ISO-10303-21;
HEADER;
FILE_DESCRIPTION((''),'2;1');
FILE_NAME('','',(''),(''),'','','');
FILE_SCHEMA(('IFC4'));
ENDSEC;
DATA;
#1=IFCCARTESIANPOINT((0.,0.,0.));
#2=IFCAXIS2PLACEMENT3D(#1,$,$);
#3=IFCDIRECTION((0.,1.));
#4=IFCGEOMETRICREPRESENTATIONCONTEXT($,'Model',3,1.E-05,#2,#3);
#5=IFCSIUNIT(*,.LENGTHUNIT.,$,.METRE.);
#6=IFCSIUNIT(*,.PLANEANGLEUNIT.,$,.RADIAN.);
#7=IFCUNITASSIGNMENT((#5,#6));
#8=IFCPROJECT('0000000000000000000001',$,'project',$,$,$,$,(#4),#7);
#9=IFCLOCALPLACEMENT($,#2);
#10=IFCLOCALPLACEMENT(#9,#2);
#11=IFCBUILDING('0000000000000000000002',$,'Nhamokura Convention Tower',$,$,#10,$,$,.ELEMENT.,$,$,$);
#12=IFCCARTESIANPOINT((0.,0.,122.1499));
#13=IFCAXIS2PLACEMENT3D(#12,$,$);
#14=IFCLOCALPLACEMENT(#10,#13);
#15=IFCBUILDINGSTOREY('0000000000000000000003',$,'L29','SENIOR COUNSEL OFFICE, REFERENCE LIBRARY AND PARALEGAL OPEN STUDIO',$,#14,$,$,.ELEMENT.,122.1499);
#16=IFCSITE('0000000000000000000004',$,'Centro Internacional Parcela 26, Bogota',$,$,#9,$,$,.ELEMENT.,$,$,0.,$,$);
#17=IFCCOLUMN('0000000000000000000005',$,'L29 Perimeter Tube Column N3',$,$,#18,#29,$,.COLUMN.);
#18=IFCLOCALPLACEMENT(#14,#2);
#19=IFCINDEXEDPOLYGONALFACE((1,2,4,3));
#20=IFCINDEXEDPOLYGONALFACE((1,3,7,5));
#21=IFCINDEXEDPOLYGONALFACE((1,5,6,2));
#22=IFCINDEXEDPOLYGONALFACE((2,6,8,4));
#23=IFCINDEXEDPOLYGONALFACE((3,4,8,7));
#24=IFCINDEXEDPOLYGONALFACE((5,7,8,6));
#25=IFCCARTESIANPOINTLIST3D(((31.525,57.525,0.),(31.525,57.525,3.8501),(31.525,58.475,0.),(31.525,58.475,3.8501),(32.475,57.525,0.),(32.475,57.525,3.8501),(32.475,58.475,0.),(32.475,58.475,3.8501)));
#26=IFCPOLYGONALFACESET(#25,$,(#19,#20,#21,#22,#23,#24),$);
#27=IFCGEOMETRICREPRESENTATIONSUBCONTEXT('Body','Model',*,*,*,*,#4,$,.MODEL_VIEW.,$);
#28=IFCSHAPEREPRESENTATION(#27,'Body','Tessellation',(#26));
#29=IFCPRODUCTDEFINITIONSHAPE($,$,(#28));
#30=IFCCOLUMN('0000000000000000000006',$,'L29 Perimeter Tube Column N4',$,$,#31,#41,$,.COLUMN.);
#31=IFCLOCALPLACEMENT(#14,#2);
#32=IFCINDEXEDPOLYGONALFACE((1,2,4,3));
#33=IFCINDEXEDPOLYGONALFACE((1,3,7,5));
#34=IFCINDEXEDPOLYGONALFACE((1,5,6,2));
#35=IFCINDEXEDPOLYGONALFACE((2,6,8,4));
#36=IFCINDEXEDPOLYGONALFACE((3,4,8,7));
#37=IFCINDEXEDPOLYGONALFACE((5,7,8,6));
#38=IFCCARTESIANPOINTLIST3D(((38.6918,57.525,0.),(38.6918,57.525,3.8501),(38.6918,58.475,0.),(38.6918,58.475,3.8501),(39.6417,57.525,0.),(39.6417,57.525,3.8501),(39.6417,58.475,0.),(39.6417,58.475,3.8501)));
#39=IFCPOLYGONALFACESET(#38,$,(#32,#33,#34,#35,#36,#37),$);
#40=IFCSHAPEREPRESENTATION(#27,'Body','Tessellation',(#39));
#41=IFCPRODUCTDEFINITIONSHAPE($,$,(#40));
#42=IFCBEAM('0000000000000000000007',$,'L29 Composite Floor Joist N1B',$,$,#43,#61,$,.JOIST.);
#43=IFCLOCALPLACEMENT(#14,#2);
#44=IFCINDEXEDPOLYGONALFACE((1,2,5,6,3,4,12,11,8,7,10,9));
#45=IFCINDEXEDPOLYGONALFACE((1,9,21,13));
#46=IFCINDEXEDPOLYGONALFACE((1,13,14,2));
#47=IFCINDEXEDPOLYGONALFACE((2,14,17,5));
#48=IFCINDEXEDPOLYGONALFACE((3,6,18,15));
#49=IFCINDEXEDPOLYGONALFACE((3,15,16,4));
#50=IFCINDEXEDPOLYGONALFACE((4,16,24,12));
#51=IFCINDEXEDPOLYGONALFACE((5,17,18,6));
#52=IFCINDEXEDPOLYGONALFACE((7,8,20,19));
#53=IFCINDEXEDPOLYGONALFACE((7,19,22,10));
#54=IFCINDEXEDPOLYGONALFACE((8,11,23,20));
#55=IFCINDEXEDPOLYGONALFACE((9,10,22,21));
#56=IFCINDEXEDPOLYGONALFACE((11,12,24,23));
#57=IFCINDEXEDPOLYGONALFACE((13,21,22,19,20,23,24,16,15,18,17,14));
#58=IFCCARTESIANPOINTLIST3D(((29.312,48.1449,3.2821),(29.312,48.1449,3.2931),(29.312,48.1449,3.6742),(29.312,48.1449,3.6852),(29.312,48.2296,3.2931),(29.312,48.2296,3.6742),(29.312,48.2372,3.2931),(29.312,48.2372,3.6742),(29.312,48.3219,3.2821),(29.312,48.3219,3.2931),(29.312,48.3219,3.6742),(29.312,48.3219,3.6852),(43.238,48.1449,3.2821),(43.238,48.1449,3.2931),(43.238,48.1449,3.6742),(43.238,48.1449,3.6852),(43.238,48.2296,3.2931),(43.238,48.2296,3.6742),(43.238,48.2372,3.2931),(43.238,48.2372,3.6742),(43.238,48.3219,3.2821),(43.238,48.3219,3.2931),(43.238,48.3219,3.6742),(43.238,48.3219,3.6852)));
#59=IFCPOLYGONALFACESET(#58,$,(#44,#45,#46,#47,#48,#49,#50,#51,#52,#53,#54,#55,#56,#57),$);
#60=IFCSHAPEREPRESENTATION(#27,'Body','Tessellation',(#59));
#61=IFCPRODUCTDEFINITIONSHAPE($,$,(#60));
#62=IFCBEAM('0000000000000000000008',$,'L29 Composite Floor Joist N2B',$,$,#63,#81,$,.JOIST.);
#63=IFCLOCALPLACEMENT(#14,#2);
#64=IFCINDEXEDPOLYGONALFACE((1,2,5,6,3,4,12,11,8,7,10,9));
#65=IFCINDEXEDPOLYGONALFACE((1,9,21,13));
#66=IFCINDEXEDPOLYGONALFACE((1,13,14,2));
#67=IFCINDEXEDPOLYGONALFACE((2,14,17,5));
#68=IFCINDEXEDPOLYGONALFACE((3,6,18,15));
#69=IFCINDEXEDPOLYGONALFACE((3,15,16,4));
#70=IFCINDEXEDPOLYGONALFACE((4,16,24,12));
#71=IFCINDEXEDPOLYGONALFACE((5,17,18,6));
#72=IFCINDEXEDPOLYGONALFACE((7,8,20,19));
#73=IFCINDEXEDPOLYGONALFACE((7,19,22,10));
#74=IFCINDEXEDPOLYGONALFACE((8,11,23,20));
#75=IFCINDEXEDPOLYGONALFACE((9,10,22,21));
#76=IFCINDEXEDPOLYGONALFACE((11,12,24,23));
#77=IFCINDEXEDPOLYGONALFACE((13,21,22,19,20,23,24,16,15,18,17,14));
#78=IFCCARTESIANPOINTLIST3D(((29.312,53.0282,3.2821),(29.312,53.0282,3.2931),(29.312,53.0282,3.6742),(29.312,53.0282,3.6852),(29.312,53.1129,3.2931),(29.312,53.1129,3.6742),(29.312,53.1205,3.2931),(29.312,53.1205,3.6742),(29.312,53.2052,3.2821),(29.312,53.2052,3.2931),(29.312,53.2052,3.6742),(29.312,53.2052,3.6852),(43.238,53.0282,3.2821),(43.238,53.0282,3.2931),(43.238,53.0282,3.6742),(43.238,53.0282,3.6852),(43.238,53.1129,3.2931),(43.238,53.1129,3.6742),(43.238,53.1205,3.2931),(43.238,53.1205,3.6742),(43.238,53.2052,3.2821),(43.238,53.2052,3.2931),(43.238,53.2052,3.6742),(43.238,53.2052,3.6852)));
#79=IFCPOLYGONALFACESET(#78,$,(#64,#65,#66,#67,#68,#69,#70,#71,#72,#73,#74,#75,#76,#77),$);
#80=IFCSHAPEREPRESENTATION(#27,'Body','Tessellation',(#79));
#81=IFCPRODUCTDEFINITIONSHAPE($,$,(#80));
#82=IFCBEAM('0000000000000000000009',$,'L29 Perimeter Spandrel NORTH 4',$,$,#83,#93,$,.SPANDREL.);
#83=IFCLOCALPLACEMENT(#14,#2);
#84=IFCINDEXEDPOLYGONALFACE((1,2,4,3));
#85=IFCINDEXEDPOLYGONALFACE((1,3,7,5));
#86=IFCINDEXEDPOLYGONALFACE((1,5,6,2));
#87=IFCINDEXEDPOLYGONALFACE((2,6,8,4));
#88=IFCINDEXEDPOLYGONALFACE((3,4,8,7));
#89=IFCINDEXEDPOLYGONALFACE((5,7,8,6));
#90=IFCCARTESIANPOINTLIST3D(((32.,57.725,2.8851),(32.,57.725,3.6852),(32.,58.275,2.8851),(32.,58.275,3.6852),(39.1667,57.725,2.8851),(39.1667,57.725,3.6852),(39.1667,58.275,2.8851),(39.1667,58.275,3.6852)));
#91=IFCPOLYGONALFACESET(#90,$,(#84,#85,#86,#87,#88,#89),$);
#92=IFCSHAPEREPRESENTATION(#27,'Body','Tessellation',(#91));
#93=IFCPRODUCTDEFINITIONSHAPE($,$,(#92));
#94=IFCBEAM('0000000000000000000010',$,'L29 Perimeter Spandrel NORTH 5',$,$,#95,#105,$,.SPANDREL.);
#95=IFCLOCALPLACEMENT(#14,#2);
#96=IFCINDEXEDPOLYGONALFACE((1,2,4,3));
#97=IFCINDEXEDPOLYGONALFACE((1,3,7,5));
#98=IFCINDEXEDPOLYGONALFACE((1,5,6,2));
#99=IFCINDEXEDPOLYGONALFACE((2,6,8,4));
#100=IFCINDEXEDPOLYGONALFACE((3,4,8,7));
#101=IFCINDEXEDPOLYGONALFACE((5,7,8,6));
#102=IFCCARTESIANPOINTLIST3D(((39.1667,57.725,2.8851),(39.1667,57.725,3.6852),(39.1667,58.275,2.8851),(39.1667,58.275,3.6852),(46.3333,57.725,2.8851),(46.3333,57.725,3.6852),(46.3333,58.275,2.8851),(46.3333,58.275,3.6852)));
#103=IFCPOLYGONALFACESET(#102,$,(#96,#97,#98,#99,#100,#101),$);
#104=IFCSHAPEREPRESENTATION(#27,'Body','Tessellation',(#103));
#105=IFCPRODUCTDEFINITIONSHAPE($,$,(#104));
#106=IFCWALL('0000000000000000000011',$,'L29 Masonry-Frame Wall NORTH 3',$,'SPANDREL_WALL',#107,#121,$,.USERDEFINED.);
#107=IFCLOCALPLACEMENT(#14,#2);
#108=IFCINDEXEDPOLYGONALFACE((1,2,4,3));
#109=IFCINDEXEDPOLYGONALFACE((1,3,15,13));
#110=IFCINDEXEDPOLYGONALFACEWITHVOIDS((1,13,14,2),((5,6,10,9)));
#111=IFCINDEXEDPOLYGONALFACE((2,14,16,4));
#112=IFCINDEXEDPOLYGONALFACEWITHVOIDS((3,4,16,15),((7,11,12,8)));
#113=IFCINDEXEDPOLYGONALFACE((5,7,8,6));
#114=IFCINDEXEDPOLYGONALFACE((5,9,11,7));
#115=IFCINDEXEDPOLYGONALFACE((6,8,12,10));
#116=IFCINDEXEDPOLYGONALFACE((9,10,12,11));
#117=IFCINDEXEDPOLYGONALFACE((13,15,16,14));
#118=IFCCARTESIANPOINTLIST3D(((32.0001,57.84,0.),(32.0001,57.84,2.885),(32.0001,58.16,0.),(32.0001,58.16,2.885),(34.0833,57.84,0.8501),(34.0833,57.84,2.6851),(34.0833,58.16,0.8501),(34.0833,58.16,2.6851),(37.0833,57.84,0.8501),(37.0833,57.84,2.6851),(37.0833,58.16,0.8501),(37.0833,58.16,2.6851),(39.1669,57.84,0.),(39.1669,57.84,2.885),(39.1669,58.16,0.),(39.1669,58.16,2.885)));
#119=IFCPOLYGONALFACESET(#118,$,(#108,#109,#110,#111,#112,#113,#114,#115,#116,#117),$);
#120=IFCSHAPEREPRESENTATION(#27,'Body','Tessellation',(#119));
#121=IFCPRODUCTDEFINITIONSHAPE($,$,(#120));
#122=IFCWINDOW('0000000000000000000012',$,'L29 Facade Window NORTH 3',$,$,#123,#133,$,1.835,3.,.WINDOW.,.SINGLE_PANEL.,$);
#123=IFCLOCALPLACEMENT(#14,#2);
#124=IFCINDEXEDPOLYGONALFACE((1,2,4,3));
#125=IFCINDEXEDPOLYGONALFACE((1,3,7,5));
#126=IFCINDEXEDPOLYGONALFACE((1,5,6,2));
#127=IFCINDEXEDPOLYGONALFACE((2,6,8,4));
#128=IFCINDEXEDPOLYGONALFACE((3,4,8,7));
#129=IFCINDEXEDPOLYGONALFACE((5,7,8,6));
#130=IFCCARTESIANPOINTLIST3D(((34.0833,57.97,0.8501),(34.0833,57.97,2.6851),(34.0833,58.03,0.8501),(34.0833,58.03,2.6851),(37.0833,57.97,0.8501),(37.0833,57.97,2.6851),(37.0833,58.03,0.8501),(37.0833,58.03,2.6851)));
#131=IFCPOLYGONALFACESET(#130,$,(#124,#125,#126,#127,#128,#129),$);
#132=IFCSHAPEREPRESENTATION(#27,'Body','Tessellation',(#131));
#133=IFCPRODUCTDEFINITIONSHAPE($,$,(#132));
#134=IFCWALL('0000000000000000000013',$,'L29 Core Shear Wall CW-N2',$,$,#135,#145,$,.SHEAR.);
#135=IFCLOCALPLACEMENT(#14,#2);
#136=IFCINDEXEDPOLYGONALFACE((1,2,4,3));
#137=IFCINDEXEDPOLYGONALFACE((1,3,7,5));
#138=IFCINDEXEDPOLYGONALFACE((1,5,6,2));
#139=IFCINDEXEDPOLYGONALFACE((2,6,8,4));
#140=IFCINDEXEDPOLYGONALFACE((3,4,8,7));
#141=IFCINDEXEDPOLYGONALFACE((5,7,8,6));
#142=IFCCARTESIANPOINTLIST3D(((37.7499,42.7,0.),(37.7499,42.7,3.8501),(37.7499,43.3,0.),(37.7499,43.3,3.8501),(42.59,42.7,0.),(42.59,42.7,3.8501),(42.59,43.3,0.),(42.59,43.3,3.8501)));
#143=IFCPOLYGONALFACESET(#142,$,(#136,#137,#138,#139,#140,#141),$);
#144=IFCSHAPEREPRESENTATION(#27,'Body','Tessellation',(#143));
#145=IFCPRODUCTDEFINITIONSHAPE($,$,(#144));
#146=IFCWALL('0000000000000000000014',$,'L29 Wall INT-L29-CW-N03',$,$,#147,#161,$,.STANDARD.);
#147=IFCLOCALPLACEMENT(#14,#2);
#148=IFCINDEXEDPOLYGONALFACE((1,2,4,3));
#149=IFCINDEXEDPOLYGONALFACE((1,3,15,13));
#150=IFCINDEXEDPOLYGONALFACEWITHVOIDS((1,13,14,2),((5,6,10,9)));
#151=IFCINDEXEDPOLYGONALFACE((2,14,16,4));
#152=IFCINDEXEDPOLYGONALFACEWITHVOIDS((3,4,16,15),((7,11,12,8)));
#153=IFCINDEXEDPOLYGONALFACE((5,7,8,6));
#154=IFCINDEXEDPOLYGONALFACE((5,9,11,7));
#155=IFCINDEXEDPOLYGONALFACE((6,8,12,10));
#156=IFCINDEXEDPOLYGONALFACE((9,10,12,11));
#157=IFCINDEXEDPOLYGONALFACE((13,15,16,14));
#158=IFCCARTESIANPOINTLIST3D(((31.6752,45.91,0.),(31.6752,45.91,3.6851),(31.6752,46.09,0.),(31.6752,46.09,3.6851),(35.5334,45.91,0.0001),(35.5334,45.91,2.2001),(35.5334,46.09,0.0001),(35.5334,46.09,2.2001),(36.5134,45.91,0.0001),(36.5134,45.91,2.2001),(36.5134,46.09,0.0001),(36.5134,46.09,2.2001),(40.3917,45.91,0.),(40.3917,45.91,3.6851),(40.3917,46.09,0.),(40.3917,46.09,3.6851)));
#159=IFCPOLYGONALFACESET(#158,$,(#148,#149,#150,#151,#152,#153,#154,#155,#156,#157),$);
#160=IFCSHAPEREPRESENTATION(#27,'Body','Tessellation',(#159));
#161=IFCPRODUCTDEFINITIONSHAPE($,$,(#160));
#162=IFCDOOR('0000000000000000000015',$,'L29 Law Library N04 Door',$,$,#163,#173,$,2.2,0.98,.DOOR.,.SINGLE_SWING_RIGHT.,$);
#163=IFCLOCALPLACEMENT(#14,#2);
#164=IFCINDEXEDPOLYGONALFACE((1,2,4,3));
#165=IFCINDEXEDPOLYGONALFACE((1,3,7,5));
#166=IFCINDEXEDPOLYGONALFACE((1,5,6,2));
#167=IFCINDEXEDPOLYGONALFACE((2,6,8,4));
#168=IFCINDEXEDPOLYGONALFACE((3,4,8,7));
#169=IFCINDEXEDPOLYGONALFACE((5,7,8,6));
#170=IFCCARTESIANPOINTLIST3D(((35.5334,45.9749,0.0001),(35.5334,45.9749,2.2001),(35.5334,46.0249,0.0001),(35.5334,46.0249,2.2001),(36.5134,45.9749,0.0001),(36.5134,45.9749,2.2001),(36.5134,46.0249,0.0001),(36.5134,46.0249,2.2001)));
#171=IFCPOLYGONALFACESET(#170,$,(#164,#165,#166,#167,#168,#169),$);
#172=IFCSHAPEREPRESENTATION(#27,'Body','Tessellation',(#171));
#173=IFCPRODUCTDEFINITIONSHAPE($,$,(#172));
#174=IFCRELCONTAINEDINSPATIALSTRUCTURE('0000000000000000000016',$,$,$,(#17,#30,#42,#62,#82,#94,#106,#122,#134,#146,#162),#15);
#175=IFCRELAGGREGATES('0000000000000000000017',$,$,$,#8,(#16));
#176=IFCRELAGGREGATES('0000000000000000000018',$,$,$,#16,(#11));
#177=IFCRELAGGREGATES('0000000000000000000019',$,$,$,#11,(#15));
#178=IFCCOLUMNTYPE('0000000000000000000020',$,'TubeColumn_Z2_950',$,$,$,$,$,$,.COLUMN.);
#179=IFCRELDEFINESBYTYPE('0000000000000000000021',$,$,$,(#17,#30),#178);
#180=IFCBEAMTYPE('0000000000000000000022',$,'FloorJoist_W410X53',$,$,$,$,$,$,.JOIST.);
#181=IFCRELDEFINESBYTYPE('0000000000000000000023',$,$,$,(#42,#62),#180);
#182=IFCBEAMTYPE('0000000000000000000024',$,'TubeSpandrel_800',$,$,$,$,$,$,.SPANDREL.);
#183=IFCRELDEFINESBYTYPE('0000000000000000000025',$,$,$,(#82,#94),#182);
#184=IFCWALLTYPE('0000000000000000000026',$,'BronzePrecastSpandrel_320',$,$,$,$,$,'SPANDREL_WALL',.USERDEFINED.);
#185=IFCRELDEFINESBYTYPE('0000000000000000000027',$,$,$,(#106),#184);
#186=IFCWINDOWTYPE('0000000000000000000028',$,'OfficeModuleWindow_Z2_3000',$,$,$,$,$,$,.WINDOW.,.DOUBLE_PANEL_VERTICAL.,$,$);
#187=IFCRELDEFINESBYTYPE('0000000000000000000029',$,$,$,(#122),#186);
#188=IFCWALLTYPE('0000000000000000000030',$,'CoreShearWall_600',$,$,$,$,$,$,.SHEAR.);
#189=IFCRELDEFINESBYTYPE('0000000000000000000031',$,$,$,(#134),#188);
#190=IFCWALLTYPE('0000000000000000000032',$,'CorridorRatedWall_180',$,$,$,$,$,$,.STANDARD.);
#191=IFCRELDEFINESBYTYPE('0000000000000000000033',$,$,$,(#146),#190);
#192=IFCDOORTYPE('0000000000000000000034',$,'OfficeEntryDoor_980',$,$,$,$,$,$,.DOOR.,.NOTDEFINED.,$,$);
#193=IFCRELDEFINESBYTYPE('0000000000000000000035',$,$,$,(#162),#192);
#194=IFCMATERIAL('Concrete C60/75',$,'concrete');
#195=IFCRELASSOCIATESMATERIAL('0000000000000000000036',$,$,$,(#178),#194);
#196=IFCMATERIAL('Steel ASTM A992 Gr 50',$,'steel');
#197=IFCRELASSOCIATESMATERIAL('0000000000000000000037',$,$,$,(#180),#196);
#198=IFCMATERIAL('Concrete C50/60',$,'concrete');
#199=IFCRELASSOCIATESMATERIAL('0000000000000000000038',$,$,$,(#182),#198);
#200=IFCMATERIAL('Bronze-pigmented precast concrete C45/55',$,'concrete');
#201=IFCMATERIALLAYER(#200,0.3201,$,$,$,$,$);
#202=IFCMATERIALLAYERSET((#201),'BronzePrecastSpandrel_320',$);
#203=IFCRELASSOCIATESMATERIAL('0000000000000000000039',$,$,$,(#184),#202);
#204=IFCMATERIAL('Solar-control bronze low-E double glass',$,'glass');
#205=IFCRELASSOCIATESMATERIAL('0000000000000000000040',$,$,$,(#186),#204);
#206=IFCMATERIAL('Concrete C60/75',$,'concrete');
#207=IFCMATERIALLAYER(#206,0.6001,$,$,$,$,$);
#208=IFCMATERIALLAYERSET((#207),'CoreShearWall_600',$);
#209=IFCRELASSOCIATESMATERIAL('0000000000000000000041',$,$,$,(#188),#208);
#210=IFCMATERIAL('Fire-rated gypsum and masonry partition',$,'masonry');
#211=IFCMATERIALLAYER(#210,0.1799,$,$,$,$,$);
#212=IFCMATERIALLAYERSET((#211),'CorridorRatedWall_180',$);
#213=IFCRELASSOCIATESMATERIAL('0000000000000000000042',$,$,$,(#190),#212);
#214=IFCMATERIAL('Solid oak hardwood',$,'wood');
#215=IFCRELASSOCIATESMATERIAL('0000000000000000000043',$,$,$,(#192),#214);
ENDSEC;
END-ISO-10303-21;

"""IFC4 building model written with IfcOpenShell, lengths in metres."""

from ifc_helpers import new_model, si_unit, direction, frame, frame_2d, origin, origin_2d, place, context, subcontext, project, spatial, rectangle, i_section, extrude, material, layer, layer_set, material_profile, profile_set, type_object, element, fill, save


model = new_model("IFC4")

# Units and contexts
model_context = context("Model", 3, precision=1e-05, world=origin(), true_north=direction((0.0, 1.0)))
body_context = subcontext(model_context, "Body", "Model", "MODEL_VIEW")
ifc_project = project(units=[si_unit("LENGTHUNIT", "METRE"), si_unit("PLANEANGLEUNIT", "RADIAN")], contexts=[model_context])

# Site, building, storey
site_placement = place(None, origin())
site = spatial("IfcSite", under=ifc_project, at=site_placement, Name="Centro Internacional Parcela 26, Bogota", CompositionType="ELEMENT", RefElevation=0.0)
building_placement = place(site_placement, origin())
building = spatial("IfcBuilding", under=site, at=building_placement, Name="Nhamokura Convention Tower", CompositionType="ELEMENT")
storey_placement = place(building_placement, frame((0.0, 0.0, 122.1499)))
storey = spatial("IfcBuildingStorey", under=building, at=storey_placement, Name="L29", Description="SENIOR COUNSEL OFFICE, REFERENCE LIBRARY AND PARALEGAL OPEN STUDIO", CompositionType="ELEMENT", Elevation=122.1499)

# Columns
ifc_material_1 = material(Name="Concrete C60/75", Category="concrete")
ifc_material_profile_1 = material_profile(ifc_material_1, rectangle(XDim=0.95, YDim=0.95, at=origin_2d()))
ifc_profile_set_1 = profile_set([ifc_material_profile_1], Name="Concrete C60/75")
column_type = type_object("IfcColumnType", Name="TubeColumn_Z2_950", PredefinedType="COLUMN", material=ifc_profile_set_1)
for number, where, z_axis, x_axis, name in (
    (1, (32.0, 58.0, 0.0), (0.0, 0.0, 1.0), (1.0, 0.0, 0.0), "L29 Perimeter Tube Column N3"),
    (2, (39.1667, 58.0, 0.0), (0.0, 0.0, 1.0), (1.0, 0.0, 0.0), "L29 Perimeter Tube Column N4"),
):
    element("IfcColumn", number, at=place(storey_placement, frame(where, z_axis=z_axis, x_axis=x_axis)), inside=storey, type_object=column_type, Name=name, PredefinedType="COLUMN", context=body_context, shape_type="SweptSolid", body=[
        extrude(rectangle(XDim=0.95, YDim=0.95, at=origin_2d()), origin(), (0.0, 0.0, 1.0), 3.8501),
    ])

# Beams
ifc_material_2 = material(Name="Steel ASTM A992 Gr 50", Category="steel")
ifc_material_profile_2 = material_profile(ifc_material_2, i_section(OverallWidth=0.177, OverallDepth=0.4031, WebThickness=0.0076, FlangeThickness=0.011, at=origin_2d()))
ifc_profile_set_2 = profile_set([ifc_material_profile_2], Name="Steel ASTM A992 Gr 50")
beam_type_1 = type_object("IfcBeamType", Name="FloorJoist_W410X53", PredefinedType="JOIST", material=ifc_profile_set_2)
for number, where, z_axis, x_axis, name in (
    (3, (29.312, 48.2334, 3.4836), (1.0, 0.0, 0.0), (0.0, 1.0, 0.0), "L29 Composite Floor Joist N1B"),
    (4, (29.312, 53.1167, 3.4836), (1.0, 0.0, 0.0), (0.0, 1.0, 0.0), "L29 Composite Floor Joist N2B"),
):
    element("IfcBeam", number, at=place(storey_placement, frame(where, z_axis=z_axis, x_axis=x_axis)), inside=storey, type_object=beam_type_1, Name=name, PredefinedType="JOIST", context=body_context, shape_type="SweptSolid", body=[
        extrude(i_section(OverallWidth=0.177, OverallDepth=0.4031, WebThickness=0.0076, FlangeThickness=0.011, at=origin_2d()), origin(), (0.0, 0.0, 1.0), 13.926),
    ])
ifc_material_3 = material(Name="Concrete C50/60", Category="concrete")
ifc_material_profile_3 = material_profile(ifc_material_3, rectangle(XDim=0.55, YDim=0.8, at=origin_2d()))
ifc_profile_set_3 = profile_set([ifc_material_profile_3], Name="Concrete C50/60")
beam_type_2 = type_object("IfcBeamType", Name="TubeSpandrel_800", PredefinedType="SPANDREL", material=ifc_profile_set_3)
beam_1_placement = place(storey_placement, frame((32.0, 58.0, 3.2852), z_axis=(1.0, 0.0, 0.0), x_axis=(0.0, 1.0, 0.0)))
element("IfcBeam", 5, at=beam_1_placement, inside=storey, type_object=beam_type_2, Name="L29 Perimeter Spandrel NORTH 4", PredefinedType="SPANDREL", context=body_context, shape_type="SweptSolid", body=[
    extrude(rectangle(XDim=0.55, YDim=0.8, at=origin_2d()), origin(), (0.0, 0.0, 1.0), 7.1667),
])
beam_2_placement = place(storey_placement, frame((39.1667, 58.0, 3.2852), z_axis=(1.0, 0.0, 0.0), x_axis=(0.0, 1.0, 0.0)))
element("IfcBeam", 6, at=beam_2_placement, inside=storey, type_object=beam_type_2, Name="L29 Perimeter Spandrel NORTH 5", PredefinedType="SPANDREL", context=body_context, shape_type="SweptSolid", body=[
    extrude(rectangle(XDim=0.55, YDim=0.8, at=origin_2d()), origin(), (0.0, 0.0, 1.0), 7.1665),
])

# Wall, opening, window
ifc_material_4 = material(Name="Bronze-pigmented precast concrete C45/55", Category="concrete")
ifc_layer_1 = layer(ifc_material_4, 0.3201)
ifc_layer_set_1 = layer_set([ifc_layer_1], Name="BronzePrecastSpandrel_320")
wall_type_1 = type_object("IfcWallType", Name="BronzePrecastSpandrel_320", ElementType="SPANDREL_WALL", PredefinedType="USERDEFINED", material=ifc_layer_set_1)
wall_1_placement = place(storey_placement, frame((32.0, 58.0, 0.0), z_axis=(0.0, 0.0, 1.0), x_axis=(1.0, 0.0, 0.0)))
wall_1 = element("IfcWall", 7, at=wall_1_placement, inside=storey, type_object=wall_type_1, Name="L29 Masonry-Frame Wall NORTH 3", ObjectType="SPANDREL_WALL", PredefinedType="USERDEFINED", context=body_context, shape_type="SweptSolid", body=[
    extrude(rectangle(XDim=7.1667, YDim=0.3201, at=frame_2d((3.5835, 0.0))), origin(), (0.0, 0.0, 1.0), 2.885),
])
opening_1_placement = place(wall_1_placement, frame((2.0833, 0.0, 0.8501)))
opening_1 = element("IfcOpeningElement", 8, at=opening_1_placement, cuts=wall_1, PredefinedType="OPENING", context=body_context, shape_type="SweptSolid", body=[
    extrude(rectangle(XDim=3.0, YDim=1.835, at=frame_2d((1.5, 0.9175))), frame((0.0, 0.1699, 0.0), z_axis=(0.0, -1.0, 0.0), x_axis=(1.0, 0.0, 0.0)), (0.0, 0.0, 1.0), 0.3401),
])
ifc_material_5 = material(Name="Solar-control bronze low-E double glass", Category="glass")
window_type = type_object("IfcWindowType", Name="OfficeModuleWindow_Z2_3000", PartitioningType="DOUBLE_PANEL_VERTICAL", PredefinedType="WINDOW", material=ifc_material_5)
window_placement = place(opening_1_placement, origin())
window = element("IfcWindow", 9, at=window_placement, inside=storey, type_object=window_type, Name="L29 Facade Window NORTH 3", OverallHeight=1.835, OverallWidth=3.0, PartitioningType="SINGLE_PANEL", PredefinedType="WINDOW", context=body_context, shape_type="SweptSolid", body=[
    extrude(rectangle(XDim=3.0, YDim=1.835, at=frame_2d((1.5, 0.9175))), frame((0.0, 0.03, 0.0), z_axis=(0.0, -1.0, 0.0), x_axis=(1.0, 0.0, 0.0)), (0.0, 0.0, 1.0), 0.0601),
])
fill(opening_1, window)

# Wall
ifc_material_6 = material(Name="Concrete C60/75", Category="concrete")
ifc_layer_2 = layer(ifc_material_6, 0.6001)
ifc_layer_set_2 = layer_set([ifc_layer_2], Name="CoreShearWall_600")
wall_type_2 = type_object("IfcWallType", Name="CoreShearWall_600", PredefinedType="SHEAR", material=ifc_layer_set_2)
wall_2_placement = place(storey_placement, frame((37.75, 43.0, 0.0), z_axis=(0.0, 0.0, 1.0), x_axis=(1.0, 0.0, 0.0)))
element("IfcWall", 10, at=wall_2_placement, inside=storey, type_object=wall_type_2, Name="L29 Core Shear Wall CW-N2", PredefinedType="SHEAR", context=body_context, shape_type="SweptSolid", body=[
    extrude(rectangle(XDim=4.8401, YDim=0.6001, at=frame_2d((2.4199, 0.0))), origin(), (0.0, 0.0, 1.0), 3.8501),
])

# Wall, opening, door
ifc_material_7 = material(Name="Fire-rated gypsum and masonry partition", Category="masonry")
ifc_layer_3 = layer(ifc_material_7, 0.1799)
ifc_layer_set_3 = layer_set([ifc_layer_3], Name="CorridorRatedWall_180")
wall_type_3 = type_object("IfcWallType", Name="CorridorRatedWall_180", PredefinedType="STANDARD", material=ifc_layer_set_3)
wall_3_placement = place(storey_placement, frame((31.675, 46.0, 0.0), z_axis=(0.0, 0.0, 1.0), x_axis=(1.0, 0.0, 0.0)))
wall_3 = element("IfcWall", 11, at=wall_3_placement, inside=storey, type_object=wall_type_3, Name="L29 Wall INT-L29-CW-N03", PredefinedType="STANDARD", context=body_context, shape_type="SweptSolid", body=[
    extrude(rectangle(XDim=8.7166, YDim=0.1799, at=frame_2d((4.3584, 0.0))), origin(), (0.0, 0.0, 1.0), 3.6851),
])
opening_2_placement = place(wall_3_placement, frame((3.8584, 0.0, 0.0)))
opening_2 = element("IfcOpeningElement", 12, at=opening_2_placement, cuts=wall_3, PredefinedType="OPENING", context=body_context, shape_type="SweptSolid", body=[
    extrude(rectangle(XDim=0.98, YDim=2.2, at=frame_2d((0.49, 1.1001))), frame((0.0, 0.0999, 0.0), z_axis=(0.0, -1.0, 0.0), x_axis=(1.0, 0.0, 0.0)), (0.0, 0.0, 1.0), 0.2),
])
ifc_material_8 = material(Name="Solid oak hardwood", Category="wood")
door_type_1 = type_object("IfcDoorType", Name="OfficeEntryDoor_980", OperationType="NOTDEFINED", PredefinedType="DOOR", material=ifc_material_8)
door_1_placement = place(opening_2_placement, origin())
door_1 = element("IfcDoor", 13, at=door_1_placement, inside=storey, type_object=door_type_1, Name="L29 Law Library N04 Door", OperationType="SINGLE_SWING_RIGHT", OverallHeight=2.2, OverallWidth=0.98, PredefinedType="DOOR", context=body_context, shape_type="SweptSolid", body=[
    extrude(rectangle(XDim=0.98, YDim=2.2, at=frame_2d((0.49, 1.1001))), frame((0.0, 0.0249, 0.0), z_axis=(0.0, -1.0, 0.0), x_axis=(1.0, 0.0, 0.0)), (0.0, 0.0, 1.0), 0.05),
])
fill(opening_2, door_1)

save(model, "model.ifc")
